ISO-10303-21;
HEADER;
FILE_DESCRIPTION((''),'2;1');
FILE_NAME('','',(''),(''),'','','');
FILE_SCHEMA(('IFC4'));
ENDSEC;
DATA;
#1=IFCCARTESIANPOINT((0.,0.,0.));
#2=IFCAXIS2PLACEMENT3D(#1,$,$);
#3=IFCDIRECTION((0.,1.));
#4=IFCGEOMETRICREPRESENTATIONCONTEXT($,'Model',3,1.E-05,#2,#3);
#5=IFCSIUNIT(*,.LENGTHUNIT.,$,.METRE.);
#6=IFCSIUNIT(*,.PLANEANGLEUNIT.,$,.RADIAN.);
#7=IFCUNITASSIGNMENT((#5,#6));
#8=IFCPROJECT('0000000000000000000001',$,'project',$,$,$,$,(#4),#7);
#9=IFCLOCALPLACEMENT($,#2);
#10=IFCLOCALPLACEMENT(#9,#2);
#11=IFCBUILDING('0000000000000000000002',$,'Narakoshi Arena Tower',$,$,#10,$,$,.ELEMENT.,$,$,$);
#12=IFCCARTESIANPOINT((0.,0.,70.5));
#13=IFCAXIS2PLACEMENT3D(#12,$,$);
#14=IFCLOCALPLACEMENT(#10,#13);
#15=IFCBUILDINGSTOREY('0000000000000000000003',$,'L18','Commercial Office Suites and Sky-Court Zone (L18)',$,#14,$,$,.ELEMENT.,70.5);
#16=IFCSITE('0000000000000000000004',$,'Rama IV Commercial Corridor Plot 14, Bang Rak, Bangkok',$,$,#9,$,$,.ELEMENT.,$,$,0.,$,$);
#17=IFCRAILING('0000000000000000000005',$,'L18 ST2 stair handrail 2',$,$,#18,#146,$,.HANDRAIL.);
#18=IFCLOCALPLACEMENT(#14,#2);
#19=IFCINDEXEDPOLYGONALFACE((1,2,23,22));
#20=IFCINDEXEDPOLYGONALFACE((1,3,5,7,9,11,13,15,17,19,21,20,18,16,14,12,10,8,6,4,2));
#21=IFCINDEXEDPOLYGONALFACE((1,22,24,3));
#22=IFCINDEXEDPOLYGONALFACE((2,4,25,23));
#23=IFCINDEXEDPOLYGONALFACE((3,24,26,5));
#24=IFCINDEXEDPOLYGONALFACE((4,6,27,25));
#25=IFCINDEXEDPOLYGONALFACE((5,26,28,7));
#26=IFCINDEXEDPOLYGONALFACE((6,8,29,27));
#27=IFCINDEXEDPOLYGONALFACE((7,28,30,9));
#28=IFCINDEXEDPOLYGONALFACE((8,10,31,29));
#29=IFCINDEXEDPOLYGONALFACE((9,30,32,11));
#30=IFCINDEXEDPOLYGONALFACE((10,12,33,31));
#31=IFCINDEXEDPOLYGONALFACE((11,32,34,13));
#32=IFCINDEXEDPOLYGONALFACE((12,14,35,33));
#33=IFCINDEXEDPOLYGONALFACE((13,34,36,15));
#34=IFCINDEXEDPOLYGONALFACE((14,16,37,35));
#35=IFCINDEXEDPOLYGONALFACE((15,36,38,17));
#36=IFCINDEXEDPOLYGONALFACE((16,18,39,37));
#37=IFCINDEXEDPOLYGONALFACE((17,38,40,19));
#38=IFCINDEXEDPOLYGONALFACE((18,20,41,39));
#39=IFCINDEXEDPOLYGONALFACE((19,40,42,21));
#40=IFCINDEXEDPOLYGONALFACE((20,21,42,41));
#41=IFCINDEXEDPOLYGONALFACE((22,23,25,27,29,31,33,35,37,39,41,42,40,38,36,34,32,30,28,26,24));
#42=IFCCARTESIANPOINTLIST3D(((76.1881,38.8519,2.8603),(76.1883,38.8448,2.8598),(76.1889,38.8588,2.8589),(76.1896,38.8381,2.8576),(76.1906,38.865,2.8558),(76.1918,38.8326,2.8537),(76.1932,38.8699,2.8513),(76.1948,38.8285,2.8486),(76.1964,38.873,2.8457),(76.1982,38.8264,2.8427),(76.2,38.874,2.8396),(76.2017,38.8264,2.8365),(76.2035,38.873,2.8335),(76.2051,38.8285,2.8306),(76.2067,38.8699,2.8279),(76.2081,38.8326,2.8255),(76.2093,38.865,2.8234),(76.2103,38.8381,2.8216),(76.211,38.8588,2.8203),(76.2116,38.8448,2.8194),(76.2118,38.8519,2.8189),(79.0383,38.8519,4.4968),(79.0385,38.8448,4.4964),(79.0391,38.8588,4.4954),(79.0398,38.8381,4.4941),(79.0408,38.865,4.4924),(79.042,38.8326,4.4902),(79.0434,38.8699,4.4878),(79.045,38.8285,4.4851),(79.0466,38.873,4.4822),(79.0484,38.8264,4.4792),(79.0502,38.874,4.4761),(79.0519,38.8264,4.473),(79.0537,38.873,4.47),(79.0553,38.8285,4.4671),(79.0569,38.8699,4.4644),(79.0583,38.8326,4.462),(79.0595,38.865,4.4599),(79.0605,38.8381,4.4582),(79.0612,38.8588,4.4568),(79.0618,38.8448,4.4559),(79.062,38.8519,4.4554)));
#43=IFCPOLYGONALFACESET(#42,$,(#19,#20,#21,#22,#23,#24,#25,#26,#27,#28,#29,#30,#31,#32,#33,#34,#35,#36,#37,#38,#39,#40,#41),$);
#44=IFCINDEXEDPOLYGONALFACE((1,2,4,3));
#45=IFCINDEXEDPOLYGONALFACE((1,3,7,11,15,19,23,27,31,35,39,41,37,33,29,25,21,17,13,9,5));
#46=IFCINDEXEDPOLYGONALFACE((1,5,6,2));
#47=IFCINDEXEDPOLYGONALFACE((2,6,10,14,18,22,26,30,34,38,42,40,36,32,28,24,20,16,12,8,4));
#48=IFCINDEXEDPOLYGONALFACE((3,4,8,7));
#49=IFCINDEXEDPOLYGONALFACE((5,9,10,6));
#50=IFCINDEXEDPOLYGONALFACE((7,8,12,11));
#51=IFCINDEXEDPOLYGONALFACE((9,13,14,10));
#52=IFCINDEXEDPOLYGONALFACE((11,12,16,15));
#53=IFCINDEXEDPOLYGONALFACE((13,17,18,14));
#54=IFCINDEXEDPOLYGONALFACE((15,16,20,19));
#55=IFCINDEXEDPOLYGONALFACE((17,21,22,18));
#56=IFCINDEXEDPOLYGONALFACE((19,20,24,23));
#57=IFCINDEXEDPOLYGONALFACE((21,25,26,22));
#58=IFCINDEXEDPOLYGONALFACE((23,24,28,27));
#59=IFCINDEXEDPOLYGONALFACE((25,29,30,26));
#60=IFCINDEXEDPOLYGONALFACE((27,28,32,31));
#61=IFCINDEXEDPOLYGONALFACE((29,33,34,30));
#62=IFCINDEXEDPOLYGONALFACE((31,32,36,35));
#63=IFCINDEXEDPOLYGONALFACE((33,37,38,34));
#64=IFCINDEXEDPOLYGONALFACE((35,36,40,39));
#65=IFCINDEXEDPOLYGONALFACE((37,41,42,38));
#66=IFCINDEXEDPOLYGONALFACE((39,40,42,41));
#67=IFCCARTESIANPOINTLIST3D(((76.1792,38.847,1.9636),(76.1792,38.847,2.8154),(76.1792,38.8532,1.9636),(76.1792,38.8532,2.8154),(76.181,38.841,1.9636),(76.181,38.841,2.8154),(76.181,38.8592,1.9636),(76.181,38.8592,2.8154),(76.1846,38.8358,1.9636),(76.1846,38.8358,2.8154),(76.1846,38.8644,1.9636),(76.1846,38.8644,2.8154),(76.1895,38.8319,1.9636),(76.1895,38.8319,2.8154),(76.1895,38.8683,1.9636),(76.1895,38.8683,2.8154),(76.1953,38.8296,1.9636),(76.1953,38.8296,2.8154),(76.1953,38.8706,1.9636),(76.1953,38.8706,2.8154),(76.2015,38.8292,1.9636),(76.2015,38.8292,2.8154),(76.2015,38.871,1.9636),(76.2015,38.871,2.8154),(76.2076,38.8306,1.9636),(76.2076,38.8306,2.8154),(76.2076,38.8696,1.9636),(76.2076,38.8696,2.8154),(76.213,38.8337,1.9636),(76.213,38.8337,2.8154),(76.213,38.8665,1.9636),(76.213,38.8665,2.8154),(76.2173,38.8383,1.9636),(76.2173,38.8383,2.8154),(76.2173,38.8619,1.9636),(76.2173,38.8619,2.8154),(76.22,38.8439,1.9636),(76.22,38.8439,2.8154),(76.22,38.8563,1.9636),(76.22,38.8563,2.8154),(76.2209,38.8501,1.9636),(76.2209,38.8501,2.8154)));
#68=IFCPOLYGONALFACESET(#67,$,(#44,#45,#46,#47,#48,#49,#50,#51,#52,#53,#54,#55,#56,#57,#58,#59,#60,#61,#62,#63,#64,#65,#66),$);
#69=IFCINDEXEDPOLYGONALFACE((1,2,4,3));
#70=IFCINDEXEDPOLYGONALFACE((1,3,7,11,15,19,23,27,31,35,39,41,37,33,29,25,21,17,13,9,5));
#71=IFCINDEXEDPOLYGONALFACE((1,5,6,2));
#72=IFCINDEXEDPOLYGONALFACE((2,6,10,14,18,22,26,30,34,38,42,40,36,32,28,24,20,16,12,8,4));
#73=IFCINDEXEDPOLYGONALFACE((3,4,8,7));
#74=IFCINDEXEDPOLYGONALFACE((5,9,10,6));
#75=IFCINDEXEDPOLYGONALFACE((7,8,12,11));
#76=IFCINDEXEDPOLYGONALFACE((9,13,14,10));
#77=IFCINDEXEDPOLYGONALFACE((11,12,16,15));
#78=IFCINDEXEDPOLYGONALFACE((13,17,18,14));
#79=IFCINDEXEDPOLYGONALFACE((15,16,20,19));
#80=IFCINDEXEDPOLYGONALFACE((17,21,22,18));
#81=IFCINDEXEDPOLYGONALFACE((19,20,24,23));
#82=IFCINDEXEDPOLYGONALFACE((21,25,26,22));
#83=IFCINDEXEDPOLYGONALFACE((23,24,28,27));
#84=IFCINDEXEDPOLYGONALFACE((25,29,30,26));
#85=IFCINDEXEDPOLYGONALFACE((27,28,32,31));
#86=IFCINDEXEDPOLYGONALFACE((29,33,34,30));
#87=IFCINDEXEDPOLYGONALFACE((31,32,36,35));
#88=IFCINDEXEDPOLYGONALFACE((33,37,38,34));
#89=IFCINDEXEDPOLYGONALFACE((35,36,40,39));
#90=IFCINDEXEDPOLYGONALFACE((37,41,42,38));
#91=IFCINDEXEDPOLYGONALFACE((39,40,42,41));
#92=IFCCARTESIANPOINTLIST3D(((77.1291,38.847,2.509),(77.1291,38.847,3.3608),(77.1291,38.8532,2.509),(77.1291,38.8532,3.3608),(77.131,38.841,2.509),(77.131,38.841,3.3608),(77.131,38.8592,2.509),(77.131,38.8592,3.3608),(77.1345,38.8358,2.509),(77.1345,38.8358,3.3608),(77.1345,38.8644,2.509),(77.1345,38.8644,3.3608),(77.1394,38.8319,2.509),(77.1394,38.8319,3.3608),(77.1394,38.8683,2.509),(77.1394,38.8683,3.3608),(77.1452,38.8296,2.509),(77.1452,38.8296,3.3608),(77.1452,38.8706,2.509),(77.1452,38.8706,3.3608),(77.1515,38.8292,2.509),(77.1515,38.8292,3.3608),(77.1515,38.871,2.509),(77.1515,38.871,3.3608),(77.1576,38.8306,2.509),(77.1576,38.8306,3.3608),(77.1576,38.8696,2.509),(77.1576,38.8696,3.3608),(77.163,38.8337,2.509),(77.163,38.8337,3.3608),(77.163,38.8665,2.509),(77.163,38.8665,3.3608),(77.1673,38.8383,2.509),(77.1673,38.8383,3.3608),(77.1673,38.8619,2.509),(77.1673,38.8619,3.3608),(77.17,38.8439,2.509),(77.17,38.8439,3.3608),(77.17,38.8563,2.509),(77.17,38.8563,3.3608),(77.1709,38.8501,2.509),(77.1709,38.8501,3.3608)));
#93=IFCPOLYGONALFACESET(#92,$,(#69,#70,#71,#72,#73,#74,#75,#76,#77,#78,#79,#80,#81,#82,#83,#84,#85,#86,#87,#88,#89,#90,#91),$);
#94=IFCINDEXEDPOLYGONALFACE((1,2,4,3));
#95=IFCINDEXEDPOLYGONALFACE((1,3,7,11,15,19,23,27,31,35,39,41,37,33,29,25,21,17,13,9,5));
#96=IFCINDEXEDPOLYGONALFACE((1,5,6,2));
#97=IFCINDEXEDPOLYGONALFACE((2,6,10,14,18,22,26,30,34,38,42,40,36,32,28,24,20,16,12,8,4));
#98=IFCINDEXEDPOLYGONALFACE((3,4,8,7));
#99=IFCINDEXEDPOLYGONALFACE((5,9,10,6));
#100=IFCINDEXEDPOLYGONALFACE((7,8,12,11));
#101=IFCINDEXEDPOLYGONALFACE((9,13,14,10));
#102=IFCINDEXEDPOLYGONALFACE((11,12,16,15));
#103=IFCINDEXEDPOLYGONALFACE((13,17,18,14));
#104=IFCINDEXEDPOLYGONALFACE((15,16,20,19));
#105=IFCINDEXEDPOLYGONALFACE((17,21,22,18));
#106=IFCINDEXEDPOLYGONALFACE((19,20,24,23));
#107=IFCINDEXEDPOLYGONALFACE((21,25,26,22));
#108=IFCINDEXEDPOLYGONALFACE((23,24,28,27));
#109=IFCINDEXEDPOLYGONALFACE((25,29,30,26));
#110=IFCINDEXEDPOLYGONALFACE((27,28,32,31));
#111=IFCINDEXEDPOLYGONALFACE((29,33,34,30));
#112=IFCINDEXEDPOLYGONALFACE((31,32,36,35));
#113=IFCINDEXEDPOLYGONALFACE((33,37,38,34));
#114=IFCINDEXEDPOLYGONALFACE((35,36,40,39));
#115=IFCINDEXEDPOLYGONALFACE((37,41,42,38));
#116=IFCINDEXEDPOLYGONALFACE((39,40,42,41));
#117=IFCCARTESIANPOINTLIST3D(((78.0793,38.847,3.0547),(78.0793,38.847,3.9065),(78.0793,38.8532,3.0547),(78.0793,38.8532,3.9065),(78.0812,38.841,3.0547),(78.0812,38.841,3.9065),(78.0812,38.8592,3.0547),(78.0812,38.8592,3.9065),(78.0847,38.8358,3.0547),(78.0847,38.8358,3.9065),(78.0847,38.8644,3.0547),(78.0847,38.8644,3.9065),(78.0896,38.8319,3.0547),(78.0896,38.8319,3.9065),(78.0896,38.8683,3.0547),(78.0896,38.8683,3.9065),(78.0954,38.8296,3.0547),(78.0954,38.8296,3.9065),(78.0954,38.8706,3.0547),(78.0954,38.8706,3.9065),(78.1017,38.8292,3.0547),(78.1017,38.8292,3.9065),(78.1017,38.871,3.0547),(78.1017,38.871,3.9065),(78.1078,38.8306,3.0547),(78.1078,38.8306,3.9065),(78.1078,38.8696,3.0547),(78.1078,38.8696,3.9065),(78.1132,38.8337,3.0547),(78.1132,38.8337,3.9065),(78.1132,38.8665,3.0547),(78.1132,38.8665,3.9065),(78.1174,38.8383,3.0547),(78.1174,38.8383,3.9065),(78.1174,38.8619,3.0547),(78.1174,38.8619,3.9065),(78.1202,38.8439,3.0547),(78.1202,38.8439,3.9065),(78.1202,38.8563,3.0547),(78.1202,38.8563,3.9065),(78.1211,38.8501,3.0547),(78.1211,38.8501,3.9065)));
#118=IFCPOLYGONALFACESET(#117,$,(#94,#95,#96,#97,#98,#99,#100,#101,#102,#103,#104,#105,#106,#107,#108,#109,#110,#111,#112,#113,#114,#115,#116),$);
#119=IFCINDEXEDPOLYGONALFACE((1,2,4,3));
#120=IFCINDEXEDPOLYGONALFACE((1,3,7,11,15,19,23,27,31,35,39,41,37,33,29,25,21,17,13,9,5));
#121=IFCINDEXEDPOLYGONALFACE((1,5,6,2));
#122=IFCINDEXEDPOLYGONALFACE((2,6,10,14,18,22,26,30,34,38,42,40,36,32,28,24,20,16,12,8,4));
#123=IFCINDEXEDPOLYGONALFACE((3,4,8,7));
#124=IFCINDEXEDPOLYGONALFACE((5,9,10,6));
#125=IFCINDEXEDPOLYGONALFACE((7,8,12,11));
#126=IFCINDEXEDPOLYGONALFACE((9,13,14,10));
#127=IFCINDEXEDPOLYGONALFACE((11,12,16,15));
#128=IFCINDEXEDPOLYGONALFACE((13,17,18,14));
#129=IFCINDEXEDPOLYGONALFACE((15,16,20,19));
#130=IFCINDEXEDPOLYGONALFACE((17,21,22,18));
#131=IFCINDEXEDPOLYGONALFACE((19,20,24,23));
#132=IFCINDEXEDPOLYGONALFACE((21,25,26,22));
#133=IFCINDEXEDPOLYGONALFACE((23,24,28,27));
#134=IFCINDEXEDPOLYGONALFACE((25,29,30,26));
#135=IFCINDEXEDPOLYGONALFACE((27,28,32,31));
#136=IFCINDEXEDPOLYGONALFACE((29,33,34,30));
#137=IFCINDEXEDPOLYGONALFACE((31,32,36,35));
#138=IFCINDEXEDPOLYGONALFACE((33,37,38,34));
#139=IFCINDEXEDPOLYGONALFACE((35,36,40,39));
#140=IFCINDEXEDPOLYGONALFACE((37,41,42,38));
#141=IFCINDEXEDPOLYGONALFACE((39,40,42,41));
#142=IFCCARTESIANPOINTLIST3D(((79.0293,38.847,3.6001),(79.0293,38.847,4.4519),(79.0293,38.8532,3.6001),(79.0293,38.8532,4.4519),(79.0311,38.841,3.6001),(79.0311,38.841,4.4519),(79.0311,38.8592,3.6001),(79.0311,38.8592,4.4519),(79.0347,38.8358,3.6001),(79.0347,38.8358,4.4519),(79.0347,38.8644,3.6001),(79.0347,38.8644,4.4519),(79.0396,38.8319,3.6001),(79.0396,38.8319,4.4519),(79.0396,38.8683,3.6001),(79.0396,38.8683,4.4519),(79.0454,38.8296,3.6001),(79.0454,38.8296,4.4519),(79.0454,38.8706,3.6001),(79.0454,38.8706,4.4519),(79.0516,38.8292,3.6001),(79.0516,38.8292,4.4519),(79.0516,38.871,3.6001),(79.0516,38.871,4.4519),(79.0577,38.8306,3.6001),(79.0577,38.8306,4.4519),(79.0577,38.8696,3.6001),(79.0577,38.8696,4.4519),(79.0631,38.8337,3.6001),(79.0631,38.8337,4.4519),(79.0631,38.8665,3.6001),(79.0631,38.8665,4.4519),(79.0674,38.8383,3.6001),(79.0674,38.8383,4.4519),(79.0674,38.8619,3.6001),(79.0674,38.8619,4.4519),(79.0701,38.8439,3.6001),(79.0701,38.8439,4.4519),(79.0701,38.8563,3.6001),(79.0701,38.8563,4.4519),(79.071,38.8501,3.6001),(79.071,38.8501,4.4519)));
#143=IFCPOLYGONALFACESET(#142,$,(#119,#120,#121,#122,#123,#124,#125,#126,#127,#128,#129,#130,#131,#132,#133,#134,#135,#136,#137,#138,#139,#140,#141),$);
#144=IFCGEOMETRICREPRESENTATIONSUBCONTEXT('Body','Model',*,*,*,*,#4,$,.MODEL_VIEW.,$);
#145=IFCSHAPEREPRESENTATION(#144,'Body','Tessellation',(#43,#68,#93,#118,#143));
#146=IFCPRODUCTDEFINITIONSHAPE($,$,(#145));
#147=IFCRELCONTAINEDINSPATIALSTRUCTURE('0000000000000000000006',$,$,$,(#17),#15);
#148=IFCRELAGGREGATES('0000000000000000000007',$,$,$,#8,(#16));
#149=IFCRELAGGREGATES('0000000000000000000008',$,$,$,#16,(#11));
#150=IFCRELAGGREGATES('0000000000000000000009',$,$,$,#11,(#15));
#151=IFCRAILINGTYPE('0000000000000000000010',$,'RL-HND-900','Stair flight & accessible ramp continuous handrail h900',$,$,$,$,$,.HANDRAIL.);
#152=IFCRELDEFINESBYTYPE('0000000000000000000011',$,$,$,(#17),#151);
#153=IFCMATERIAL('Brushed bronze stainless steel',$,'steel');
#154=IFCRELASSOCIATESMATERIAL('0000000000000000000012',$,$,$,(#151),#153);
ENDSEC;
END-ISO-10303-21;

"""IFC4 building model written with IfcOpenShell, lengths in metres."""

from ifc_helpers import new_model, si_unit, direction, frame, origin, origin_2d, place, context, subcontext, project, spatial, circle, extrude, material, type_object, element, save


model = new_model("IFC4")

# Units and contexts
model_context = context("Model", 3, precision=1e-05, world=origin(), true_north=direction((0.0, 1.0)))
body_context = subcontext(model_context, "Body", "Model", "MODEL_VIEW")
ifc_project = project(units=[si_unit("LENGTHUNIT", "METRE"), si_unit("PLANEANGLEUNIT", "RADIAN")], contexts=[model_context])

# Site, building, storey
site_placement = place(None, origin())
site = spatial("IfcSite", under=ifc_project, at=site_placement, Name="Rama IV Commercial Corridor Plot 14, Bang Rak, Bangkok", CompositionType="ELEMENT", RefElevation=0.0)
building_placement = place(site_placement, origin())
building = spatial("IfcBuilding", under=site, at=building_placement, Name="Narakoshi Arena Tower", CompositionType="ELEMENT")
storey_placement = place(building_placement, frame((0.0, 0.0, 70.5)))
storey = spatial("IfcBuildingStorey", under=building, at=storey_placement, Name="L18", Description="Commercial Office Suites and Sky-Court Zone (L18)", CompositionType="ELEMENT", Elevation=70.5)

# Railing
ifc_material_1 = material(Name="Brushed bronze stainless steel", Category="steel")
railing_type_1 = type_object("IfcRailingType", Name="RL-HND-900", Description="Stair flight & accessible ramp continuous handrail h900", PredefinedType="HANDRAIL", material=ifc_material_1)
for number, where, name in (
    (1, (76.2, 38.8501, 1.9636), "L18 ST2 stair handrail 2"),
):
    element("IfcRailing", number, at=place(storey_placement, frame(where)), inside=storey, type_object=railing_type_1, Name=name, PredefinedType="HANDRAIL", context=body_context, shape_type="SweptSolid", body=[
        extrude(circle(Radius=0.0239, at=origin_2d()), frame((0.0, 0.0, 0.876), z_axis=(0.867213, 0.0, 0.497938), x_axis=(0.0, 1.0, 0.0)), (0.0, 0.0, 1.0), 3.2866),
        extrude(circle(Radius=0.021, at=origin_2d()), origin(), (0.0, 0.0, 1.0), 0.8518),
        extrude(circle(Radius=0.021, at=origin_2d()), frame((0.95, 0.0, 0.5454)), (0.0, 0.0, 1.0), 0.8518),
        extrude(circle(Radius=0.021, at=origin_2d()), frame((1.9001, 0.0, 1.0911)), (0.0, 0.0, 1.0), 0.8518),
        extrude(circle(Radius=0.021, at=origin_2d()), frame((2.8501, 0.0, 1.6365)), (0.0, 0.0, 1.0), 0.8518),
    ])

save(model, "model.ifc")
